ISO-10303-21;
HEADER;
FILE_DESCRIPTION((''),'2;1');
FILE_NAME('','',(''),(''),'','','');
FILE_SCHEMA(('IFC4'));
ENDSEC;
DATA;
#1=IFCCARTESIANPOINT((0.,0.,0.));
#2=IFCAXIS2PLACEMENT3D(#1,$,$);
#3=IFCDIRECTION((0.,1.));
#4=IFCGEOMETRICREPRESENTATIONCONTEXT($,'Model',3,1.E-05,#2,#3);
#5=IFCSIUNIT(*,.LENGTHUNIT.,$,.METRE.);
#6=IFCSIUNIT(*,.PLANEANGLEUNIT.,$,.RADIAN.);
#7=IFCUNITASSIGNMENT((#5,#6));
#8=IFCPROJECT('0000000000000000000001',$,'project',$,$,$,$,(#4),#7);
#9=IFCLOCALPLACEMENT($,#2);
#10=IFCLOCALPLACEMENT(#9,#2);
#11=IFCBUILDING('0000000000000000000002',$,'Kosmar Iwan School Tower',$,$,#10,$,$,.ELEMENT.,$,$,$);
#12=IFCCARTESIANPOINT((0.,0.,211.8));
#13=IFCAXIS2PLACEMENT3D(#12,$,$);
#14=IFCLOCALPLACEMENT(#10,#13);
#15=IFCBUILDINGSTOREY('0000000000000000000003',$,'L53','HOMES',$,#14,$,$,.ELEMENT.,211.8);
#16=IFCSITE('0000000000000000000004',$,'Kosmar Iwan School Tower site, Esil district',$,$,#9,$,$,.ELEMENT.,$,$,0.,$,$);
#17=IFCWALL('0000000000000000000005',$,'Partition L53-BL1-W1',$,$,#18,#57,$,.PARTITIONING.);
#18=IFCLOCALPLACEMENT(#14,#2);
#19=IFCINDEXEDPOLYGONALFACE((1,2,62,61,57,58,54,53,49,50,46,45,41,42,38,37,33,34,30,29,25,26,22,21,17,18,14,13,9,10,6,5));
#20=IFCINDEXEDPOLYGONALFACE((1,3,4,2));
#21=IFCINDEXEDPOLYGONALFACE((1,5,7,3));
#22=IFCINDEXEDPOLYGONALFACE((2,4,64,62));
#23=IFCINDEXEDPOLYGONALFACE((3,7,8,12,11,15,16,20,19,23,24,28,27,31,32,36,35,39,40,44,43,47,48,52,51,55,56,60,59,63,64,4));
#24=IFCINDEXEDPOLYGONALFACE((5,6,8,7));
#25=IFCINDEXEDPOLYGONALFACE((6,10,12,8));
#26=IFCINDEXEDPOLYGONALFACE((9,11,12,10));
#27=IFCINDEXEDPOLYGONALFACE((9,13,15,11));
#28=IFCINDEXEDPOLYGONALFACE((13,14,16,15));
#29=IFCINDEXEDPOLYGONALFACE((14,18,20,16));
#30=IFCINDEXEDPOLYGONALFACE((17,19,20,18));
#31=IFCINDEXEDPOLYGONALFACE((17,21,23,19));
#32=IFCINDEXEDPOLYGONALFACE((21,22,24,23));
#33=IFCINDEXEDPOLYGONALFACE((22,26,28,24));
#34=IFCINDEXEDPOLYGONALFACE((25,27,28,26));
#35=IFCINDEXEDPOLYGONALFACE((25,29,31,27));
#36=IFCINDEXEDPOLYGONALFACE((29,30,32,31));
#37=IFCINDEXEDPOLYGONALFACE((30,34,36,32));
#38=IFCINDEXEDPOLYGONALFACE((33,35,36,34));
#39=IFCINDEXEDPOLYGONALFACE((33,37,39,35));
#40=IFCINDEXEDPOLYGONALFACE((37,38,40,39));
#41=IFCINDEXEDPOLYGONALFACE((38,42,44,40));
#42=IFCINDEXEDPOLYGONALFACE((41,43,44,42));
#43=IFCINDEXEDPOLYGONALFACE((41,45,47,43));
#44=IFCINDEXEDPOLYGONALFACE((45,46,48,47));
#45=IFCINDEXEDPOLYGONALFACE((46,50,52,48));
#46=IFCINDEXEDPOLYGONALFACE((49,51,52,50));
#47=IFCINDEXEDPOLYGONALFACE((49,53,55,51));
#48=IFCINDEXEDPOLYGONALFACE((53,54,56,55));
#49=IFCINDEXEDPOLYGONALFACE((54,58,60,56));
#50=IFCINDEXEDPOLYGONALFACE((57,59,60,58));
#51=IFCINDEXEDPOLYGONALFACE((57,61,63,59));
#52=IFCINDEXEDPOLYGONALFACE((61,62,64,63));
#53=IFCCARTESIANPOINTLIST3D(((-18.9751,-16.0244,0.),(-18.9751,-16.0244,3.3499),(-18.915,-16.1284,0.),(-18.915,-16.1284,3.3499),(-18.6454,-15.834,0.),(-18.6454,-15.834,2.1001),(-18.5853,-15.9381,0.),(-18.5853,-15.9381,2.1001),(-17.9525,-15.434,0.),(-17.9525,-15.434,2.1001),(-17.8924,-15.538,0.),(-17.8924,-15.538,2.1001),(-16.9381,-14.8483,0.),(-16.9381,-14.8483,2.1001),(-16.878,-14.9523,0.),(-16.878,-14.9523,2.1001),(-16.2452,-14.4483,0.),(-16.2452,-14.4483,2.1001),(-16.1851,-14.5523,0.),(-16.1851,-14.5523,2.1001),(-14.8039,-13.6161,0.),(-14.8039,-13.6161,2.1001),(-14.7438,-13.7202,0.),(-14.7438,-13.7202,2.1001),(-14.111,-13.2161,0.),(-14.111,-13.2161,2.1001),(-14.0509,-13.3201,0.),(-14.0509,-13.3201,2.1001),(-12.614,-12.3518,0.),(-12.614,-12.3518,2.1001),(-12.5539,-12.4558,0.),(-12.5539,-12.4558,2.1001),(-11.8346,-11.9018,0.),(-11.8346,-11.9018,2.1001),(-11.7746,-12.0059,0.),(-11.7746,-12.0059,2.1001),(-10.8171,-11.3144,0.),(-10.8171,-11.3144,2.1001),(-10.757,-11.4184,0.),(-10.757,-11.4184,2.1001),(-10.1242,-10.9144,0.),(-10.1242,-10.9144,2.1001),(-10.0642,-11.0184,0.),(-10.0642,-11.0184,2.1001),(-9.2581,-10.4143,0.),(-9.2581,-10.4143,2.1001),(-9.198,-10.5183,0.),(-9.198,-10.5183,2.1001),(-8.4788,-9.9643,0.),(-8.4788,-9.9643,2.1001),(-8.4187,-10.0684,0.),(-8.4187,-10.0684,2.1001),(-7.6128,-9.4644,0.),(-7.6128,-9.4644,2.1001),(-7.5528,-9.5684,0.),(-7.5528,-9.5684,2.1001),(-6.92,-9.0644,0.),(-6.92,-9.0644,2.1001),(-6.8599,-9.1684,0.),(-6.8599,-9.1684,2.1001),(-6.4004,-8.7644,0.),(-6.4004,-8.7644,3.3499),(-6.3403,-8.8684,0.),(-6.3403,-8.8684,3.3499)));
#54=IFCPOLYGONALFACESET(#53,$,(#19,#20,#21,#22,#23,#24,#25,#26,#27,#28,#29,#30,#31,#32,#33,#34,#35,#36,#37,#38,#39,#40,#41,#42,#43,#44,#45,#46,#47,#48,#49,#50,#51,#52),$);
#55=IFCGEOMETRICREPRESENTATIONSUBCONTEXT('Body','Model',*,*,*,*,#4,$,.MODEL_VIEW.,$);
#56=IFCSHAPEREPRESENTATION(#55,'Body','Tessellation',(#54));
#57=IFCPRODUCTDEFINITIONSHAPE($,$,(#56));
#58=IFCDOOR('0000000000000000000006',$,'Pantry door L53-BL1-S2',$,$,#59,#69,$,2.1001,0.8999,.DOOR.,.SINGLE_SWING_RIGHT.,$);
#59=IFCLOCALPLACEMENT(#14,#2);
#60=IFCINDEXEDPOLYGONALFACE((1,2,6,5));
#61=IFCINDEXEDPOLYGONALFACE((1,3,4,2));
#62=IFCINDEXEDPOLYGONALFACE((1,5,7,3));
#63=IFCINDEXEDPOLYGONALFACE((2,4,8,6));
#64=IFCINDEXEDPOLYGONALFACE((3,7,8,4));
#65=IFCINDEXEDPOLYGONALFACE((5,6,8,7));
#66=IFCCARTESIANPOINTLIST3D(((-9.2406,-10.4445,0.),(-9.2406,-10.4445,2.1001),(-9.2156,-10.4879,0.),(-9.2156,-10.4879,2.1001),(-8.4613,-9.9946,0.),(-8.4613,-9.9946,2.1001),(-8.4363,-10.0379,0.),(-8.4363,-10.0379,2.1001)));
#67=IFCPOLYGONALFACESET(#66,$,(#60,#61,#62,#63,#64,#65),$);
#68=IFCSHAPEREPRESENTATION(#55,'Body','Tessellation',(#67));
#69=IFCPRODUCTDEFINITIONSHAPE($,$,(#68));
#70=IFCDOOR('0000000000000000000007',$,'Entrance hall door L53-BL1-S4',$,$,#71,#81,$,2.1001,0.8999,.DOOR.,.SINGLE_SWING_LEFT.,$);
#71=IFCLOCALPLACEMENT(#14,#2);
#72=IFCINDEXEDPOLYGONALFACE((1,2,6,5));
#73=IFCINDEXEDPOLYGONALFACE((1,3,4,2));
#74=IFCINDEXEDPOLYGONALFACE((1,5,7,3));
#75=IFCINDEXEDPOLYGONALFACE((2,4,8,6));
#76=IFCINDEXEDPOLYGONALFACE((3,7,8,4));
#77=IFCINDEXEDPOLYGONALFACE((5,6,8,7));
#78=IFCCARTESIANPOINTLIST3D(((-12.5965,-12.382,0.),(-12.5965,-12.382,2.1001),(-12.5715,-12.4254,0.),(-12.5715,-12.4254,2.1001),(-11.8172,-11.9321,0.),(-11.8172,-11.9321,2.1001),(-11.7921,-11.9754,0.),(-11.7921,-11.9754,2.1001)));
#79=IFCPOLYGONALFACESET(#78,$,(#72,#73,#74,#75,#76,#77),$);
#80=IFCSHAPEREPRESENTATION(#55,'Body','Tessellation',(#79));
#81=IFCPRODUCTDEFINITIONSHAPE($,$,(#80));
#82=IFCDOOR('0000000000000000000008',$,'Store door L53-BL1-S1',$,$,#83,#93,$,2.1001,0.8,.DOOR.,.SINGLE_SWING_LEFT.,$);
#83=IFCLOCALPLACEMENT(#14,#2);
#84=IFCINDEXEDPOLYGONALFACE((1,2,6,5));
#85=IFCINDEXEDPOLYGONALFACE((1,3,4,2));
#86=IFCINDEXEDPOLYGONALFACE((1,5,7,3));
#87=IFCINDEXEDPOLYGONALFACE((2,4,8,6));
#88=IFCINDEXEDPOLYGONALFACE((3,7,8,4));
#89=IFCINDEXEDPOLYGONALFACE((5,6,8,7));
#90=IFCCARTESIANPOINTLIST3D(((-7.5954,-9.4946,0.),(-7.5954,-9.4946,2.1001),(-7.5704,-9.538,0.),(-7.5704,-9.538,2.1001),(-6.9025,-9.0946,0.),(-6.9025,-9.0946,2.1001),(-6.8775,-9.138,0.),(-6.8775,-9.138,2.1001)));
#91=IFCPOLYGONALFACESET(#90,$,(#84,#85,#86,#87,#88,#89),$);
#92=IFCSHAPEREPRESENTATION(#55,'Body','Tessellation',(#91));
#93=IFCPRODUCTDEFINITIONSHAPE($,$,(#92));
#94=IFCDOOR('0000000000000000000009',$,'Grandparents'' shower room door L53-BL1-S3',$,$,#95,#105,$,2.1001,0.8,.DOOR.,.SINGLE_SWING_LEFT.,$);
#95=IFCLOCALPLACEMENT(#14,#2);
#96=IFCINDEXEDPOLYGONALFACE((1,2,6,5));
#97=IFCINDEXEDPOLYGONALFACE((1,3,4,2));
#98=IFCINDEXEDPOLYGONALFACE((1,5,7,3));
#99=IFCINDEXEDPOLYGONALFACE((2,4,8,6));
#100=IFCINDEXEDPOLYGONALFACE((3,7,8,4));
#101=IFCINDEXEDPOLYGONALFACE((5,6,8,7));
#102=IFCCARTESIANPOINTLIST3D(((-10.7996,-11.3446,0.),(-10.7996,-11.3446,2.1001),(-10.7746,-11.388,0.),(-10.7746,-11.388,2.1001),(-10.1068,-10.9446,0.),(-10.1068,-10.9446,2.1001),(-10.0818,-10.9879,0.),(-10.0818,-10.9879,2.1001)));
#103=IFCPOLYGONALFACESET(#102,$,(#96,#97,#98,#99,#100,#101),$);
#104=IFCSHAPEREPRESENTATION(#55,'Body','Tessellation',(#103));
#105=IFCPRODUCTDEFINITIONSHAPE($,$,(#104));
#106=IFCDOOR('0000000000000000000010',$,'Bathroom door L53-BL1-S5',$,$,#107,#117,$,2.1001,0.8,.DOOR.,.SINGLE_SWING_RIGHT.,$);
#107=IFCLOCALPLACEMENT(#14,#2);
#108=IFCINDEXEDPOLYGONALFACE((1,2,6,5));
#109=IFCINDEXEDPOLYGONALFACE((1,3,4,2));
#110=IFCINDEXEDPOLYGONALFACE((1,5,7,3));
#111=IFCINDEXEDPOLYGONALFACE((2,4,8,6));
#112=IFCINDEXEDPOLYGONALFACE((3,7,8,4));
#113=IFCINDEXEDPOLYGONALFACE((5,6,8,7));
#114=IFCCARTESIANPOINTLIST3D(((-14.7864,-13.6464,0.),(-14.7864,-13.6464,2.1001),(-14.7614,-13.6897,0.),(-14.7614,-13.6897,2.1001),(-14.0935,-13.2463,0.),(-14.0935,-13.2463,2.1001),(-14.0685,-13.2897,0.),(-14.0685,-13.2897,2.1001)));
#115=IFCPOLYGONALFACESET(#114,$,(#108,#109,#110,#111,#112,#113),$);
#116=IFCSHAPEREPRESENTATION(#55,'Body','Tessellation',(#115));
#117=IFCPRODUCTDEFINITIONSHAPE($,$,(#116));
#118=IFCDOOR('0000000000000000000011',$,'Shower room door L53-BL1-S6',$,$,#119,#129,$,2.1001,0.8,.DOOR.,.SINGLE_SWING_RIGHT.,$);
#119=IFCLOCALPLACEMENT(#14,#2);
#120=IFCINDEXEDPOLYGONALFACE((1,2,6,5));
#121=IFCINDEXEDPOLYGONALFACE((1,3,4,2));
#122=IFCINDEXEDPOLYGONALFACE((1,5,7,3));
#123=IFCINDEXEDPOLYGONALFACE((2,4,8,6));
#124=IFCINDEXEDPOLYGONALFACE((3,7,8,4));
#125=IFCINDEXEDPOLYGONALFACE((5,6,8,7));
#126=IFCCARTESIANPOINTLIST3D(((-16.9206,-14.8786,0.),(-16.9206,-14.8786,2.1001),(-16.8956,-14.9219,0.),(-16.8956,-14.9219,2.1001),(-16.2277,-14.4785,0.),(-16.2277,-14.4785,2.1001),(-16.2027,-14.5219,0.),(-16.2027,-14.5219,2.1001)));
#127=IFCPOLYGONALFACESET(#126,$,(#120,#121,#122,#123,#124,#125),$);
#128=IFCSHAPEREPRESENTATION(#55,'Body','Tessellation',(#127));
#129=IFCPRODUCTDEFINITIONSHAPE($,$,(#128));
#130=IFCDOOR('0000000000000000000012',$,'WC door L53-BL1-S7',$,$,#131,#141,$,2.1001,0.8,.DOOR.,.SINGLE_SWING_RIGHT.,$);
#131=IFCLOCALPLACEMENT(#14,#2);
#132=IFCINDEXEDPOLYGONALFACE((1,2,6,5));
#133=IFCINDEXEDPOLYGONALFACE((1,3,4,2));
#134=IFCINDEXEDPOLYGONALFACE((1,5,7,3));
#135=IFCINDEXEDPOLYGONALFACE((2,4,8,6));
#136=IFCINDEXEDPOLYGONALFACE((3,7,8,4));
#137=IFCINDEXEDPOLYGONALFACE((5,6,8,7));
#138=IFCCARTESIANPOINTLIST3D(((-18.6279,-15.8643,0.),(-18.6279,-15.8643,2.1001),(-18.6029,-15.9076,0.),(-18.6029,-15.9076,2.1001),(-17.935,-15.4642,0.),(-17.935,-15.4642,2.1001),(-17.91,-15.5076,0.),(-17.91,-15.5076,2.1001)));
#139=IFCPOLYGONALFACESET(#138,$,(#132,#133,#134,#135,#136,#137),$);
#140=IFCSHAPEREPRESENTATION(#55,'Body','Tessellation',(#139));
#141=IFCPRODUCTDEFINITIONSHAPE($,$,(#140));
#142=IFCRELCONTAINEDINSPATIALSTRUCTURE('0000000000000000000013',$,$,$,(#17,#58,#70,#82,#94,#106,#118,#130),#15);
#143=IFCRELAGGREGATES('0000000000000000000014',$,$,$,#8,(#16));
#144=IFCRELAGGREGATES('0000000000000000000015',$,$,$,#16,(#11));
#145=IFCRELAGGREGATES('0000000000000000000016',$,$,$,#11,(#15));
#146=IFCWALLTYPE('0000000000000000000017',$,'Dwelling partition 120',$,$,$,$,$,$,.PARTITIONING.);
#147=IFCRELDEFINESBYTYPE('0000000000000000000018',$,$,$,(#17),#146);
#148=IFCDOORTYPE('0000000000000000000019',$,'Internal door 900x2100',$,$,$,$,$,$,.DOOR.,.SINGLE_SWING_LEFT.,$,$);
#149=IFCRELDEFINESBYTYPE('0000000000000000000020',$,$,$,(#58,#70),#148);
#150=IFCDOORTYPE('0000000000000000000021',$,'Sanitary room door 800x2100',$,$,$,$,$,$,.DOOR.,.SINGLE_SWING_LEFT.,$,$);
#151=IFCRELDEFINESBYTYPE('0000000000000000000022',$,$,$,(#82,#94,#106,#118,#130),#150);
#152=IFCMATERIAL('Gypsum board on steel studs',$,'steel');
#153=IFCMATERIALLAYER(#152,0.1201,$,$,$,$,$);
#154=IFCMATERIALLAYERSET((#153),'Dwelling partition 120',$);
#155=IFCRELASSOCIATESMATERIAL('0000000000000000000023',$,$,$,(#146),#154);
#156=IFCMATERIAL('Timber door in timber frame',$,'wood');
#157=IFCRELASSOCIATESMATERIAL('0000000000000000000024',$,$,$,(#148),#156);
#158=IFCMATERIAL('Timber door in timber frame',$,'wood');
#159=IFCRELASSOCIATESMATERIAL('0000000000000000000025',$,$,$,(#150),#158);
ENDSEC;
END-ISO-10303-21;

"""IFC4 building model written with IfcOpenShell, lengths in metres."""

from ifc_helpers import new_model, si_unit, direction, frame, frame_2d, origin, place, context, subcontext, project, spatial, rectangle, extrude, material, layer, layer_set, type_object, element, fill, save


model = new_model("IFC4")

# Units and contexts
model_context = context("Model", 3, precision=1e-05, world=origin(), true_north=direction((0.0, 1.0)))
body_context = subcontext(model_context, "Body", "Model", "MODEL_VIEW")
ifc_project = project(units=[si_unit("LENGTHUNIT", "METRE"), si_unit("PLANEANGLEUNIT", "RADIAN")], contexts=[model_context])

# Site, building, storey
site_placement = place(None, origin())
site = spatial("IfcSite", under=ifc_project, at=site_placement, Name="Kosmar Iwan School Tower site, Esil district", CompositionType="ELEMENT", RefElevation=0.0)
building_placement = place(site_placement, origin())
building = spatial("IfcBuilding", under=site, at=building_placement, Name="Kosmar Iwan School Tower", CompositionType="ELEMENT")
storey_placement = place(building_placement, frame((0.0, 0.0, 211.8)))
storey = spatial("IfcBuildingStorey", under=building, at=storey_placement, Name="L53", Description="HOMES", CompositionType="ELEMENT", Elevation=211.8)

# Wall, openings, doors
ifc_material_1 = material(Name="Gypsum board on steel studs", Category="steel")
ifc_layer_1 = layer(ifc_material_1, 0.1201)
ifc_layer_set_1 = layer_set([ifc_layer_1], Name="Dwelling partition 120")
wall_type_1 = type_object("IfcWallType", Name="Dwelling partition 120", PredefinedType="PARTITIONING", material=ifc_layer_set_1)
wall_1_placement = place(storey_placement, frame((-6.3704, -8.8164, 0.0), z_axis=(0.0, 0.0, 1.0), x_axis=(-0.866025, -0.5, 0.0)))
wall_1 = element("IfcWall", 1, at=wall_1_placement, inside=storey, type_object=wall_type_1, Name="Partition L53-BL1-W1", PredefinedType="PARTITIONING", context=body_context, shape_type="SweptSolid", body=[
    extrude(rectangle(XDim=14.52, YDim=0.1201, at=frame_2d((7.26, 0.0))), origin(), (0.0, 0.0, 1.0), 3.3499),
])
opening_1_placement = place(wall_1_placement, frame((0.6001, 0.0, 0.0)))
opening_1 = element("IfcOpeningElement", 2, at=opening_1_placement, cuts=wall_1, PredefinedType="OPENING", context=body_context, shape_type="SweptSolid", body=[
    extrude(rectangle(XDim=0.8, YDim=2.1001, at=frame_2d((0.3999, 1.05))), frame((0.0, 0.072, 0.0), z_axis=(0.0, -1.0, 0.0), x_axis=(1.0, 0.0, 0.0)), (0.0, 0.0, 1.0), 0.144),
])
opening_2_placement = place(wall_1_placement, frame((2.3999, 0.0, 0.0)))
opening_2 = element("IfcOpeningElement", 3, at=opening_2_placement, cuts=wall_1, PredefinedType="OPENING", context=body_context, shape_type="SweptSolid", body=[
    extrude(rectangle(XDim=0.8999, YDim=2.1001, at=frame_2d((0.45, 1.05))), frame((0.0, 0.072, 0.0), z_axis=(0.0, -1.0, 0.0), x_axis=(1.0, 0.0, 0.0)), (0.0, 0.0, 1.0), 0.144),
])
opening_3_placement = place(wall_1_placement, frame((4.3, 0.0, 0.0)))
opening_3 = element("IfcOpeningElement", 4, at=opening_3_placement, cuts=wall_1, PredefinedType="OPENING", context=body_context, shape_type="SweptSolid", body=[
    extrude(rectangle(XDim=0.8, YDim=2.1001, at=frame_2d((0.3999, 1.05))), frame((0.0, 0.072, 0.0), z_axis=(0.0, -1.0, 0.0), x_axis=(1.0, 0.0, 0.0)), (0.0, 0.0, 1.0), 0.144),
])
opening_4_placement = place(wall_1_placement, frame((6.2749, 0.0, 0.0)))
opening_4 = element("IfcOpeningElement", 5, at=opening_4_placement, cuts=wall_1, PredefinedType="OPENING", context=body_context, shape_type="SweptSolid", body=[
    extrude(rectangle(XDim=0.8999, YDim=2.1001, at=frame_2d((0.45, 1.05))), frame((0.0, 0.072, 0.0), z_axis=(0.0, -1.0, 0.0), x_axis=(1.0, 0.0, 0.0)), (0.0, 0.0, 1.0), 0.144),
])
opening_5_placement = place(wall_1_placement, frame((8.9036, 0.0, 0.0)))
opening_5 = element("IfcOpeningElement", 6, at=opening_5_placement, cuts=wall_1, PredefinedType="OPENING", context=body_context, shape_type="SweptSolid", body=[
    extrude(rectangle(XDim=0.8, YDim=2.1001, at=frame_2d((0.3999, 1.05))), frame((0.0, 0.072, 0.0), z_axis=(0.0, -1.0, 0.0), x_axis=(1.0, 0.0, 0.0)), (0.0, 0.0, 1.0), 0.144),
])
opening_6_placement = place(wall_1_placement, frame((11.3679, 0.0, 0.0)))
opening_6 = element("IfcOpeningElement", 7, at=opening_6_placement, cuts=wall_1, PredefinedType="OPENING", context=body_context, shape_type="SweptSolid", body=[
    extrude(rectangle(XDim=0.8, YDim=2.1001, at=frame_2d((0.3999, 1.05))), frame((0.0, 0.072, 0.0), z_axis=(0.0, -1.0, 0.0), x_axis=(1.0, 0.0, 0.0)), (0.0, 0.0, 1.0), 0.144),
])
opening_7_placement = place(wall_1_placement, frame((13.3394, 0.0, 0.0)))
opening_7 = element("IfcOpeningElement", 8, at=opening_7_placement, cuts=wall_1, PredefinedType="OPENING", context=body_context, shape_type="SweptSolid", body=[
    extrude(rectangle(XDim=0.8, YDim=2.1001, at=frame_2d((0.3999, 1.05))), frame((0.0, 0.072, 0.0), z_axis=(0.0, -1.0, 0.0), x_axis=(1.0, 0.0, 0.0)), (0.0, 0.0, 1.0), 0.144),
])
ifc_material_2 = material(Name="Timber door in timber frame", Category="wood")
door_type_1 = type_object("IfcDoorType", Name="Internal door 900x2100", OperationType="SINGLE_SWING_LEFT", PredefinedType="DOOR", material=ifc_material_2)
door_1_placement = place(opening_2_placement, origin())
door_1 = element("IfcDoor", 9, at=door_1_placement, inside=storey, type_object=door_type_1, Name="Pantry door L53-BL1-S2", OperationType="SINGLE_SWING_RIGHT", OverallHeight=2.1001, OverallWidth=0.8999, PredefinedType="DOOR", context=body_context, shape_type="SweptSolid", body=[
    extrude(rectangle(XDim=0.8999, YDim=2.1001, at=frame_2d((0.45, 1.05))), frame((0.0, 0.0249, 0.0), z_axis=(0.0, -1.0, 0.0), x_axis=(1.0, 0.0, 0.0)), (0.0, 0.0, 1.0), 0.05),
])
fill(opening_2, door_1)
door_2_placement = place(opening_4_placement, origin())
door_2 = element("IfcDoor", 10, at=door_2_placement, inside=storey, type_object=door_type_1, Name="Entrance hall door L53-BL1-S4", OperationType="SINGLE_SWING_LEFT", OverallHeight=2.1001, OverallWidth=0.8999, PredefinedType="DOOR", context=body_context, shape_type="SweptSolid", body=[
    extrude(rectangle(XDim=0.8999, YDim=2.1001, at=frame_2d((0.45, 1.05))), frame((0.0, 0.0249, 0.0), z_axis=(0.0, -1.0, 0.0), x_axis=(1.0, 0.0, 0.0)), (0.0, 0.0, 1.0), 0.05),
])
fill(opening_4, door_2)
ifc_material_3 = material(Name="Timber door in timber frame", Category="wood")
door_type_2 = type_object("IfcDoorType", Name="Sanitary room door 800x2100", OperationType="SINGLE_SWING_LEFT", PredefinedType="DOOR", material=ifc_material_3)
door_3_placement = place(opening_1_placement, origin())
door_3 = element("IfcDoor", 11, at=door_3_placement, inside=storey, type_object=door_type_2, Name="Store door L53-BL1-S1", OperationType="SINGLE_SWING_LEFT", OverallHeight=2.1001, OverallWidth=0.8, PredefinedType="DOOR", context=body_context, shape_type="SweptSolid", body=[
    extrude(rectangle(XDim=0.8, YDim=2.1001, at=frame_2d((0.3999, 1.05))), frame((0.0, 0.0249, 0.0), z_axis=(0.0, -1.0, 0.0), x_axis=(1.0, 0.0, 0.0)), (0.0, 0.0, 1.0), 0.05),
])
fill(opening_1, door_3)
door_4_placement = place(opening_3_placement, origin())
door_4 = element("IfcDoor", 12, at=door_4_placement, inside=storey, type_object=door_type_2, Name="Grandparents' shower room door L53-BL1-S3", OperationType="SINGLE_SWING_LEFT", OverallHeight=2.1001, OverallWidth=0.8, PredefinedType="DOOR", context=body_context, shape_type="SweptSolid", body=[
    extrude(rectangle(XDim=0.8, YDim=2.1001, at=frame_2d((0.3999, 1.05))), frame((0.0, 0.0249, 0.0), z_axis=(0.0, -1.0, 0.0), x_axis=(1.0, 0.0, 0.0)), (0.0, 0.0, 1.0), 0.05),
])
fill(opening_3, door_4)
door_5_placement = place(opening_5_placement, origin())
door_5 = element("IfcDoor", 13, at=door_5_placement, inside=storey, type_object=door_type_2, Name="Bathroom door L53-BL1-S5", OperationType="SINGLE_SWING_RIGHT", OverallHeight=2.1001, OverallWidth=0.8, PredefinedType="DOOR", context=body_context, shape_type="SweptSolid", body=[
    extrude(rectangle(XDim=0.8, YDim=2.1001, at=frame_2d((0.3999, 1.05))), frame((0.0, 0.0249, 0.0), z_axis=(0.0, -1.0, 0.0), x_axis=(1.0, 0.0, 0.0)), (0.0, 0.0, 1.0), 0.05),
])
fill(opening_5, door_5)
door_6_placement = place(opening_6_placement, origin())
door_6 = element("IfcDoor", 14, at=door_6_placement, inside=storey, type_object=door_type_2, Name="Shower room door L53-BL1-S6", OperationType="SINGLE_SWING_RIGHT", OverallHeight=2.1001, OverallWidth=0.8, PredefinedType="DOOR", context=body_context, shape_type="SweptSolid", body=[
    extrude(rectangle(XDim=0.8, YDim=2.1001, at=frame_2d((0.3999, 1.05))), frame((0.0, 0.0249, 0.0), z_axis=(0.0, -1.0, 0.0), x_axis=(1.0, 0.0, 0.0)), (0.0, 0.0, 1.0), 0.05),
])
fill(opening_6, door_6)
door_7_placement = place(opening_7_placement, origin())
door_7 = element("IfcDoor", 15, at=door_7_placement, inside=storey, type_object=door_type_2, Name="WC door L53-BL1-S7", OperationType="SINGLE_SWING_RIGHT", OverallHeight=2.1001, OverallWidth=0.8, PredefinedType="DOOR", context=body_context, shape_type="SweptSolid", body=[
    extrude(rectangle(XDim=0.8, YDim=2.1001, at=frame_2d((0.3999, 1.05))), frame((0.0, 0.0249, 0.0), z_axis=(0.0, -1.0, 0.0), x_axis=(1.0, 0.0, 0.0)), (0.0, 0.0, 1.0), 0.05),
])
fill(opening_7, door_7)

save(model, "model.ifc")
